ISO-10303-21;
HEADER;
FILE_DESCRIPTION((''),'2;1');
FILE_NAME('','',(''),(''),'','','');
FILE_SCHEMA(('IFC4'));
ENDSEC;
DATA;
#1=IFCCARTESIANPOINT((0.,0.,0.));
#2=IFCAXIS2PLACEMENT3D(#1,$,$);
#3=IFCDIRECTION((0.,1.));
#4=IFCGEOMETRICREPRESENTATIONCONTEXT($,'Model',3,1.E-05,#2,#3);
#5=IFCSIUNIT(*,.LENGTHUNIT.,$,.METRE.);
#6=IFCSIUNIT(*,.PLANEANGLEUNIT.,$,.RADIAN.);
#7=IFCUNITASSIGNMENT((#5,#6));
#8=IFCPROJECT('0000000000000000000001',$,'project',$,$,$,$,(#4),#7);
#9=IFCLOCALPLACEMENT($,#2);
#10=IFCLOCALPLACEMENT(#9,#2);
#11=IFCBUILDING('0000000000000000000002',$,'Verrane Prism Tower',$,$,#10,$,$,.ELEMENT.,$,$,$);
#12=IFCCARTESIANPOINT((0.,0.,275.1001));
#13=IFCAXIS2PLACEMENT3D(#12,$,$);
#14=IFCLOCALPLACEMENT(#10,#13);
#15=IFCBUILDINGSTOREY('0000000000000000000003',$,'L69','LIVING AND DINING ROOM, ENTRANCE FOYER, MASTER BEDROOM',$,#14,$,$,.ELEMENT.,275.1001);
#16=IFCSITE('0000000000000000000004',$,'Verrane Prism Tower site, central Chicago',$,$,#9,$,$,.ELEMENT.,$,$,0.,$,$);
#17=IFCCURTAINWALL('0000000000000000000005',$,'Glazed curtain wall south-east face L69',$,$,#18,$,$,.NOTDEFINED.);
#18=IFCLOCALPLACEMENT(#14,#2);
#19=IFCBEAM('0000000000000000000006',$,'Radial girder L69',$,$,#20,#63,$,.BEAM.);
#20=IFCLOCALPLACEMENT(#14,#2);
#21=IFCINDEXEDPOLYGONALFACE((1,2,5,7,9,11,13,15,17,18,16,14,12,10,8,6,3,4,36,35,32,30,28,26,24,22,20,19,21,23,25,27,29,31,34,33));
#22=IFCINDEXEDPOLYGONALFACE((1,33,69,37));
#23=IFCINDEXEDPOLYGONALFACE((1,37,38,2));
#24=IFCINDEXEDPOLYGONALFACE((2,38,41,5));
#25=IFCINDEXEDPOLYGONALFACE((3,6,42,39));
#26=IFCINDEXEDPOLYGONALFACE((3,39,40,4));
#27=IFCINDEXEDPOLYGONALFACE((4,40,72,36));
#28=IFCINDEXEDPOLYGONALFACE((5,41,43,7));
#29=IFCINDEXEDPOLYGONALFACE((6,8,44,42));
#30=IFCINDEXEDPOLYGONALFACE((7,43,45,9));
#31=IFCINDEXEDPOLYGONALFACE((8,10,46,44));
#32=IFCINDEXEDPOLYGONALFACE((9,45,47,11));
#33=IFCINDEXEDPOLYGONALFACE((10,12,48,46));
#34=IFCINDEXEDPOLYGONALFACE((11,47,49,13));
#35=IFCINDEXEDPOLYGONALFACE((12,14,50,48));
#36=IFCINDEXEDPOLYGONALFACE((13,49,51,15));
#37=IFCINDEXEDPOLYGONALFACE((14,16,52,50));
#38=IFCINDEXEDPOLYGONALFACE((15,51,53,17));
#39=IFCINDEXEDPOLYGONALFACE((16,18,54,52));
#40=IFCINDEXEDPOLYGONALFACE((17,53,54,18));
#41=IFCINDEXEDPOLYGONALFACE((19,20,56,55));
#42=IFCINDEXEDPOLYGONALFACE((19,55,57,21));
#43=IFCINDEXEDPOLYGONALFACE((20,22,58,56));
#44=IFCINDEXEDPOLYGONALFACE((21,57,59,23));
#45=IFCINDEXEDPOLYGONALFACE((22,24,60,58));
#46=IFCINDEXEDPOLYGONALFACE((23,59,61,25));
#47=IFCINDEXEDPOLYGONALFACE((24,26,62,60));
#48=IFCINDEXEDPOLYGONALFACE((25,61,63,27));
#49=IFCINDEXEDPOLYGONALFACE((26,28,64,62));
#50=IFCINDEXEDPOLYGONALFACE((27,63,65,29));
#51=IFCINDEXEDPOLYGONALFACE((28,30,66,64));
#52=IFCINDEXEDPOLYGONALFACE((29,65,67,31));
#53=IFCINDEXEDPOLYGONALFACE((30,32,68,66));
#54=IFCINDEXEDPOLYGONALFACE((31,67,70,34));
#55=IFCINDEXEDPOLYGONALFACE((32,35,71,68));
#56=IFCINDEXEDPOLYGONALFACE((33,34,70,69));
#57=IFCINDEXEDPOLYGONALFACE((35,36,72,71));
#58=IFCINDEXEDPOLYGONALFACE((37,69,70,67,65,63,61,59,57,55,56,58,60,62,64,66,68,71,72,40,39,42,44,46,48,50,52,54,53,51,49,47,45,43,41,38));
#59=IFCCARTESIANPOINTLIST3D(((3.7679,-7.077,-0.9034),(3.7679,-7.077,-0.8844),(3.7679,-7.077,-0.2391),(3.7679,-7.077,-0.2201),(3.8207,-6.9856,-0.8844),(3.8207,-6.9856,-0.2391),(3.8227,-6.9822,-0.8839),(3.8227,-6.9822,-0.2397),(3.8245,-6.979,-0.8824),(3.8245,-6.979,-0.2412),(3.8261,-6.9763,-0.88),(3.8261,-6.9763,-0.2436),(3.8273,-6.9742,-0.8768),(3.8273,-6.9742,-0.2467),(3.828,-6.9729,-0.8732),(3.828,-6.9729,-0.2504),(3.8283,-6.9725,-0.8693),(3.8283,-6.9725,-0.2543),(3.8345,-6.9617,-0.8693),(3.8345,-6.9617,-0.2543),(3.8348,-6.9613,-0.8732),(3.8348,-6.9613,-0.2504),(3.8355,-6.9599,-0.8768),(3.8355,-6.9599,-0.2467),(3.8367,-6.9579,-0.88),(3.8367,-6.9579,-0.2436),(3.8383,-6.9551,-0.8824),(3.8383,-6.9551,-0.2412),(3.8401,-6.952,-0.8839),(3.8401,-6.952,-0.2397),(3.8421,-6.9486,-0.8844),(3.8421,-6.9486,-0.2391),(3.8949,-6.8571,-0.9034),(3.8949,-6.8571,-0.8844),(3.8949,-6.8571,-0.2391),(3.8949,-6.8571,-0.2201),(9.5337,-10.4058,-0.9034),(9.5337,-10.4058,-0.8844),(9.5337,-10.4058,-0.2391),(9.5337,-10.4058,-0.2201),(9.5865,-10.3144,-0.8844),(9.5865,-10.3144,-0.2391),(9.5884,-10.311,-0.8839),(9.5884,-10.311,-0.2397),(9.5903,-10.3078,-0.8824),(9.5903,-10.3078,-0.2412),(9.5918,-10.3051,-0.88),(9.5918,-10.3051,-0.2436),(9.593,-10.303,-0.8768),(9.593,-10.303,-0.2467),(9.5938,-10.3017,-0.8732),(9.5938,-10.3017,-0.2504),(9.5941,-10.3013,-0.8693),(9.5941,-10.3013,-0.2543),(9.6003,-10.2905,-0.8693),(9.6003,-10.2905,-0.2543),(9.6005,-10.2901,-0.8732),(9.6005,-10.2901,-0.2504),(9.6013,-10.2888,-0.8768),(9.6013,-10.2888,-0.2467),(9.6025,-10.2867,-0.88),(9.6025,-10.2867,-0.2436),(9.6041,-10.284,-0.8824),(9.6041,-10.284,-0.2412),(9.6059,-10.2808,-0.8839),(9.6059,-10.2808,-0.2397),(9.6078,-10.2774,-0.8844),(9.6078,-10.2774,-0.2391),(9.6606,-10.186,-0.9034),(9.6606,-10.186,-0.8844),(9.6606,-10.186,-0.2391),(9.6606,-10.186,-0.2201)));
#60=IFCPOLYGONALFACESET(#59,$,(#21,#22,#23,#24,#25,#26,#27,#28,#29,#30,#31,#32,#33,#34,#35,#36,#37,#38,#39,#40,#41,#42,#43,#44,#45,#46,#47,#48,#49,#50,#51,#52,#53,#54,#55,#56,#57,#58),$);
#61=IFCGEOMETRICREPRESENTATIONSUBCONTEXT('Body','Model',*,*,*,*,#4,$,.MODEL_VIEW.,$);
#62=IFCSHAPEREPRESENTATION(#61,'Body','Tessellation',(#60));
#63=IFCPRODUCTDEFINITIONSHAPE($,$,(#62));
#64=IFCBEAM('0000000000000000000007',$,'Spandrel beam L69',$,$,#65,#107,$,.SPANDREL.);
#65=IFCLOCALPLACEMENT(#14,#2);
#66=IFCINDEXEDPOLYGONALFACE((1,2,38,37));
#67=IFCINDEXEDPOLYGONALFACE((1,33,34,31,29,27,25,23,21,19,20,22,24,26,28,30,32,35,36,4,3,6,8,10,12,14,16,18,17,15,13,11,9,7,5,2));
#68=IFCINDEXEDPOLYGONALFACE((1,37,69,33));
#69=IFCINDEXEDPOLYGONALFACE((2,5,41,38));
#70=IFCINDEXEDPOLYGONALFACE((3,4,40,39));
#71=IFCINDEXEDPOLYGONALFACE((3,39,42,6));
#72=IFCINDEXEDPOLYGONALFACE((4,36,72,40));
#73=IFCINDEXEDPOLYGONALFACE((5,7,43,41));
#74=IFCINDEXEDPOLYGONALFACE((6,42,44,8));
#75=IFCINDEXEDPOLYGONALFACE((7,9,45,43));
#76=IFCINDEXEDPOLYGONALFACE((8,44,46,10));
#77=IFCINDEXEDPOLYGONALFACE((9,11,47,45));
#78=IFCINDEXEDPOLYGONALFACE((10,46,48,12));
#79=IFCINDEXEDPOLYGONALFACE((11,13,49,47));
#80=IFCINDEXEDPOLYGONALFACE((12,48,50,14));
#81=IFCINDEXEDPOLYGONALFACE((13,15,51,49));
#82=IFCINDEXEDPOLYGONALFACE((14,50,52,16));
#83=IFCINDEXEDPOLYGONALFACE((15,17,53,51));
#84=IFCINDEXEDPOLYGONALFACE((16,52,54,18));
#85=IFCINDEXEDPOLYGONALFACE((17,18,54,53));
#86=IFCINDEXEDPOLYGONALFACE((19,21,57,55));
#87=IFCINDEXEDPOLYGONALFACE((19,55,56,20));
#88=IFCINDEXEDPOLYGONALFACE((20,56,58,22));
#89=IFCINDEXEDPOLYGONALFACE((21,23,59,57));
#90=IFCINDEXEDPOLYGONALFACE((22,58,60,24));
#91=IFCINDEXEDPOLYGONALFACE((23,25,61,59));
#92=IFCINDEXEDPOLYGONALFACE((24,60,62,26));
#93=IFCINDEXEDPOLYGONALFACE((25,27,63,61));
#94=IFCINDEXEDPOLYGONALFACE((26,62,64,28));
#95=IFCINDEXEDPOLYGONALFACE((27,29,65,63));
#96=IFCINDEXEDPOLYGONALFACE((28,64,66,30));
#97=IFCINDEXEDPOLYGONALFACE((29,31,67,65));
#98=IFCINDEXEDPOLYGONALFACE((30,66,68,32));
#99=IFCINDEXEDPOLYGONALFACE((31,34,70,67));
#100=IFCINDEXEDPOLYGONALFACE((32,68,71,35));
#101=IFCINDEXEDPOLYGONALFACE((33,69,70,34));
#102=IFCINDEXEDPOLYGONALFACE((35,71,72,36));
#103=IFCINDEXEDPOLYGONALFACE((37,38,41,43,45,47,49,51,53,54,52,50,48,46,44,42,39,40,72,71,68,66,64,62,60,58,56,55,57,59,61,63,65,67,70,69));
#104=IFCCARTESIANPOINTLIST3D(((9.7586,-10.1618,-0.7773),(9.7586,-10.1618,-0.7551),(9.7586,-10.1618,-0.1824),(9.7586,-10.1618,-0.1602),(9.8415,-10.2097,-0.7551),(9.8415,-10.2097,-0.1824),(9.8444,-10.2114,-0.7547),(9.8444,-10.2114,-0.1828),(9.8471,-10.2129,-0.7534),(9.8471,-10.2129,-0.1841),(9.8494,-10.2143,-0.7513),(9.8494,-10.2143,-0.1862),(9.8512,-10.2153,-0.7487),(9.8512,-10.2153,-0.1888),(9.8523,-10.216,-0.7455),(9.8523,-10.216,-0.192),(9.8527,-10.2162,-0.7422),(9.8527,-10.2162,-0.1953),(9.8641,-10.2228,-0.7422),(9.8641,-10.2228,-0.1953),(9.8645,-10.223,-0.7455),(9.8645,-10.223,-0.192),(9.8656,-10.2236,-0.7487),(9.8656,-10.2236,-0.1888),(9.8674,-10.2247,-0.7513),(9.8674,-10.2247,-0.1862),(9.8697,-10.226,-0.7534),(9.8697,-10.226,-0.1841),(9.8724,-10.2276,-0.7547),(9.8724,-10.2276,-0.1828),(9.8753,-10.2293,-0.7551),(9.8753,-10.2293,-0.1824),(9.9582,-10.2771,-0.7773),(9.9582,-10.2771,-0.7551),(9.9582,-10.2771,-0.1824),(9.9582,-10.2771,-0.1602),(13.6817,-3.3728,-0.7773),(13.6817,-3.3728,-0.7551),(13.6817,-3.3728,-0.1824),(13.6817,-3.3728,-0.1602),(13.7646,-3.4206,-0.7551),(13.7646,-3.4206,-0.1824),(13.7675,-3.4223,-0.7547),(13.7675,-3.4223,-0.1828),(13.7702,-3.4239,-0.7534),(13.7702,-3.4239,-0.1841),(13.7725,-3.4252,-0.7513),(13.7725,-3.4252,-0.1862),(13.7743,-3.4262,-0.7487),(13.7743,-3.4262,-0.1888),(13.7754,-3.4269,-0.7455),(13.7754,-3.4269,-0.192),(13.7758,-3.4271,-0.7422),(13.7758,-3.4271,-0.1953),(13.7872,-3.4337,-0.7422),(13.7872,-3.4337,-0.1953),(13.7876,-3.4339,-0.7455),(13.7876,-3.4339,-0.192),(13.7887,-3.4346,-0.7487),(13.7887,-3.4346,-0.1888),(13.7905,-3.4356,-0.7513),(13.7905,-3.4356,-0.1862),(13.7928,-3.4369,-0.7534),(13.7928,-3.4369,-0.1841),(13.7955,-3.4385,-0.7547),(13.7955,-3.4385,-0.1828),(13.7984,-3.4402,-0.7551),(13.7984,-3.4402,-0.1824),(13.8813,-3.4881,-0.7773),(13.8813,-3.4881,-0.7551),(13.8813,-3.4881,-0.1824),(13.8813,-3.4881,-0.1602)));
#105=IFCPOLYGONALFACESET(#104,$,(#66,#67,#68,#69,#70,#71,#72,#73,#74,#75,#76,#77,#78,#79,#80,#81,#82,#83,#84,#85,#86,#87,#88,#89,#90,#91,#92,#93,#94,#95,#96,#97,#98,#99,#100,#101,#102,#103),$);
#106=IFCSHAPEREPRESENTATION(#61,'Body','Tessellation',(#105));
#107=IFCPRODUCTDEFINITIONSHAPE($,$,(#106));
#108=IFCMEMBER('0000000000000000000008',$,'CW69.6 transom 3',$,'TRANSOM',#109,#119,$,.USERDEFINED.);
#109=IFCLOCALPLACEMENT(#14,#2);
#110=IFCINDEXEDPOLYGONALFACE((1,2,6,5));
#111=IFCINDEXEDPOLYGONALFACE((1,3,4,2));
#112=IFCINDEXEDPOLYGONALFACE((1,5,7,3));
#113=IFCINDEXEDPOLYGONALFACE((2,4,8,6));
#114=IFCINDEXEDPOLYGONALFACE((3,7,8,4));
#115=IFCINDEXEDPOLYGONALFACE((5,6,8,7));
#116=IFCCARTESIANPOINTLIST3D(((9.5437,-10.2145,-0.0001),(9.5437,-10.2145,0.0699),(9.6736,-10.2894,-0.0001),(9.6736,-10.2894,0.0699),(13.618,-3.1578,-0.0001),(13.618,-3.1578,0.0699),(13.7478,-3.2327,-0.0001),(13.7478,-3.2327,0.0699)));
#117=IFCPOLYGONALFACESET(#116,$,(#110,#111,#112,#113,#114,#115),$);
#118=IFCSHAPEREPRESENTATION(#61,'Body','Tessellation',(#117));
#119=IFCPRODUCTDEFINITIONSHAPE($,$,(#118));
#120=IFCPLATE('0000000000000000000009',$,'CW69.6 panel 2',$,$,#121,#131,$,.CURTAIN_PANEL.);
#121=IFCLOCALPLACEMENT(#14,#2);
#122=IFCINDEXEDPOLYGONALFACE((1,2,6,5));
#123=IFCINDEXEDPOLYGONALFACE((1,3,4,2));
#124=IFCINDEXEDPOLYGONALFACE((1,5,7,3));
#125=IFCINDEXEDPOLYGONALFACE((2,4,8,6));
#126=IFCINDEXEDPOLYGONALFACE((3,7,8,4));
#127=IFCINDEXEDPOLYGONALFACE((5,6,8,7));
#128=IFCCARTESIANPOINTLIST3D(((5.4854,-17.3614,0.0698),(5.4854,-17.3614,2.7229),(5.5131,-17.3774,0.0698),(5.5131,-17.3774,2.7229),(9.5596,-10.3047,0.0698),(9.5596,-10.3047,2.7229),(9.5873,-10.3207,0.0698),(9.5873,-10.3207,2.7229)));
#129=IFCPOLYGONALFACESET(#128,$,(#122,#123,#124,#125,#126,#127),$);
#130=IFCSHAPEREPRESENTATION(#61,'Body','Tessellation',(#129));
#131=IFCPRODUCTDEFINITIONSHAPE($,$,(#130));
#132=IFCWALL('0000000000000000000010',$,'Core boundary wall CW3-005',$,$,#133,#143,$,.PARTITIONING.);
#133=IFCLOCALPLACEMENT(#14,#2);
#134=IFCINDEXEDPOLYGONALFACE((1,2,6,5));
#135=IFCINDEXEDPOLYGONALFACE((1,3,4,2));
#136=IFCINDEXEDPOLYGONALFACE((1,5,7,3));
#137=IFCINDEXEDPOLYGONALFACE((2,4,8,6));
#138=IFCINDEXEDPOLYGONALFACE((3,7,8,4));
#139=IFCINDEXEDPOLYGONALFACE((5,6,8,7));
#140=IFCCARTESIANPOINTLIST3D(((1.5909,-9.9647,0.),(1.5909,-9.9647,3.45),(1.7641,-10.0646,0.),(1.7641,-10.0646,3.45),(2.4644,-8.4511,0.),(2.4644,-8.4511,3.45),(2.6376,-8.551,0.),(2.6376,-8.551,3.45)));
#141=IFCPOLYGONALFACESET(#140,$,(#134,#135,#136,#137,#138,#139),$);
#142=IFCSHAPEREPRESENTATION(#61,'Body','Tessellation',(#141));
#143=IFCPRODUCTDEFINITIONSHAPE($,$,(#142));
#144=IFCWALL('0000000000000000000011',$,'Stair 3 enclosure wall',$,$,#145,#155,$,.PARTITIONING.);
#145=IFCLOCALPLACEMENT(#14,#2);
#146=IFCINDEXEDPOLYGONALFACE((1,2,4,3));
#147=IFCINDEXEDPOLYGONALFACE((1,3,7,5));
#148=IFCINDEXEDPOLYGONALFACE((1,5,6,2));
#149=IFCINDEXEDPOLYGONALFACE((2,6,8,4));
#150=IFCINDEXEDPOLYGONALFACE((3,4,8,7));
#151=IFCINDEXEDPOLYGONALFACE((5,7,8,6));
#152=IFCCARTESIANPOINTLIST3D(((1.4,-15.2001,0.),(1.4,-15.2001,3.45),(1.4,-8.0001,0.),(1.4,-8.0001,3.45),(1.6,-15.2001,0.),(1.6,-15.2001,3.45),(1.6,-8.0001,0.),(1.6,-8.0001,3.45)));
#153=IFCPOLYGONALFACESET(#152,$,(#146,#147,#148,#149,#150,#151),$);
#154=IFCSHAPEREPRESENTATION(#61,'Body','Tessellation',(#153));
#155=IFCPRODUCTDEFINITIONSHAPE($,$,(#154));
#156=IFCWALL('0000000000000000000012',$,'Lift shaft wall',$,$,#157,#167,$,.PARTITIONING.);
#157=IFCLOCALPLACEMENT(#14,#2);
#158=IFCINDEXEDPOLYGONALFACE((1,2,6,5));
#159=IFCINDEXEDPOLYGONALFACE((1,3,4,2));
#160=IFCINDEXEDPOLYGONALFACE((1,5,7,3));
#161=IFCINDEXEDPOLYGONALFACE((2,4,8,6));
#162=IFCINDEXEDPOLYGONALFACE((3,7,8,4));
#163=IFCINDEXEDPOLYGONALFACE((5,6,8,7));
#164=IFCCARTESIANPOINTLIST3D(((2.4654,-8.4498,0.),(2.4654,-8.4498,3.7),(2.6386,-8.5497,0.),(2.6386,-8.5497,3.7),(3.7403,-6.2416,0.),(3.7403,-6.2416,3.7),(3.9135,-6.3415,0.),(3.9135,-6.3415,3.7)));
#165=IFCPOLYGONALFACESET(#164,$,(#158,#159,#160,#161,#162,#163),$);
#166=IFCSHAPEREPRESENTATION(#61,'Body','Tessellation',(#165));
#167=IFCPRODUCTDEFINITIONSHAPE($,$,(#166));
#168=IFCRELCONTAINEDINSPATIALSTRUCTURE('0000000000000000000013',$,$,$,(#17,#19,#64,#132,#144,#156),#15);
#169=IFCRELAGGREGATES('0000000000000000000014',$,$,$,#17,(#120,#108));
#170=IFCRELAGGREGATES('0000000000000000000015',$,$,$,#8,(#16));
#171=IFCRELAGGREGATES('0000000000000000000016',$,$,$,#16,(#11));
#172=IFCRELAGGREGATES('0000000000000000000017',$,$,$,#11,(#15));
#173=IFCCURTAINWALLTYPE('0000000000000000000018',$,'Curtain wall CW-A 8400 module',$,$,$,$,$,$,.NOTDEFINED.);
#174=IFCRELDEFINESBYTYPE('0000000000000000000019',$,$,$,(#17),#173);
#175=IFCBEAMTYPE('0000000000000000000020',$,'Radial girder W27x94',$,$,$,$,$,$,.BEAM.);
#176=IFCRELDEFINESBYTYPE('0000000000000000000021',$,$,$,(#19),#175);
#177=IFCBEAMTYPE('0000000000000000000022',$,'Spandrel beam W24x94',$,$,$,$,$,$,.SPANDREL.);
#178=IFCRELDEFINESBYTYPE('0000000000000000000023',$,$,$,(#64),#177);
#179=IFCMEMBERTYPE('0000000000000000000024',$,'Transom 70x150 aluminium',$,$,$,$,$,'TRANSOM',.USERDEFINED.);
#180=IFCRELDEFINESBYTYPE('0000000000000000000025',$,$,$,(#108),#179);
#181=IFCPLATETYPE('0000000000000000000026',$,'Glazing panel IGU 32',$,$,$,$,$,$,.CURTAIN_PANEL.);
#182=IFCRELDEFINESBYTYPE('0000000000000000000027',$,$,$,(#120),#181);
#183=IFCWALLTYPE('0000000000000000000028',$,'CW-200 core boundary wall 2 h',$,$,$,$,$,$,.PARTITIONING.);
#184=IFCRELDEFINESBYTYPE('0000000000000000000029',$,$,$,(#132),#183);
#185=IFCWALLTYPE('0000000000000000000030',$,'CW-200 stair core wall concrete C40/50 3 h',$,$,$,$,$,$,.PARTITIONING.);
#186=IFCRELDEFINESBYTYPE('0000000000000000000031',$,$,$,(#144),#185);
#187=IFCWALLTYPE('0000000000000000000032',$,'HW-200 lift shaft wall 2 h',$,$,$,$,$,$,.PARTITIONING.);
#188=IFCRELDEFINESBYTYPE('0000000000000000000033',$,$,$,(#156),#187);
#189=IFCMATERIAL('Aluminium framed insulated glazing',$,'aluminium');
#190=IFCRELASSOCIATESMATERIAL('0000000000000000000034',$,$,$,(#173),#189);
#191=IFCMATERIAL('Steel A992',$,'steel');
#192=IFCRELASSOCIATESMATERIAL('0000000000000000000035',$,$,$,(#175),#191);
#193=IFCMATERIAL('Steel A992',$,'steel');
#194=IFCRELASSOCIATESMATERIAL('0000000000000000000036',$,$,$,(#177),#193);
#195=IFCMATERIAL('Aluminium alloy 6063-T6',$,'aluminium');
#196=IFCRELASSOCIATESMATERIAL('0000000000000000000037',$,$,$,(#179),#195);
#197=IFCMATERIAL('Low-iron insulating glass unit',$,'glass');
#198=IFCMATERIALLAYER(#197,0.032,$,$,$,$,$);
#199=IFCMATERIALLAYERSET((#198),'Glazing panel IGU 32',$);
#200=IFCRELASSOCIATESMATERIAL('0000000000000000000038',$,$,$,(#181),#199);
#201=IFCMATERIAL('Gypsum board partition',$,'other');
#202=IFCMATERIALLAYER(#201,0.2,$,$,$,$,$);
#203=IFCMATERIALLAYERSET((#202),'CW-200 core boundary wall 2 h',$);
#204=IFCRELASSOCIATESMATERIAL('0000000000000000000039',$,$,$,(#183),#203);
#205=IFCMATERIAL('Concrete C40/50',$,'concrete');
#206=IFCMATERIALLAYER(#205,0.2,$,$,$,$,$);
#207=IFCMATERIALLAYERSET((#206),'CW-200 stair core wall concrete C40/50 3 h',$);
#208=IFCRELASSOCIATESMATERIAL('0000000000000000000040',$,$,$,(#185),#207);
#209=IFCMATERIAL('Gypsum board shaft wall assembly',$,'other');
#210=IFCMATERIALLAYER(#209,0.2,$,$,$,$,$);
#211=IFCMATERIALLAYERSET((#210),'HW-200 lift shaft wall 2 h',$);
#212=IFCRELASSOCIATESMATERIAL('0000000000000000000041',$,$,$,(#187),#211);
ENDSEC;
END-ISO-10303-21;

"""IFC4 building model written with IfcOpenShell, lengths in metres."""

from ifc_helpers import new_model, si_unit, direction, frame, frame_2d, origin, origin_2d, place, context, subcontext, project, spatial, rectangle, i_section, extrude, material, layer, layer_set, material_profile, profile_set, type_object, element, aggregate, save


model = new_model("IFC4")

# Units and contexts
model_context = context("Model", 3, precision=1e-05, world=origin(), true_north=direction((0.0, 1.0)))
body_context = subcontext(model_context, "Body", "Model", "MODEL_VIEW")
ifc_project = project(units=[si_unit("LENGTHUNIT", "METRE"), si_unit("PLANEANGLEUNIT", "RADIAN")], contexts=[model_context])

# Site, building, storey
site_placement = place(None, origin())
site = spatial("IfcSite", under=ifc_project, at=site_placement, Name="Verrane Prism Tower site, central Chicago", CompositionType="ELEMENT", RefElevation=0.0)
building_placement = place(site_placement, origin())
building = spatial("IfcBuilding", under=site, at=building_placement, Name="Verrane Prism Tower", CompositionType="ELEMENT")
storey_placement = place(building_placement, frame((0.0, 0.0, 275.1001)))
storey = spatial("IfcBuildingStorey", under=building, at=storey_placement, Name="L69", Description="LIVING AND DINING ROOM, ENTRANCE FOYER, MASTER BEDROOM", CompositionType="ELEMENT", Elevation=275.1001)

# Curtain wall
ifc_material_1 = material(Name="Aluminium framed insulated glazing", Category="aluminium")
curtain_wall_type = type_object("IfcCurtainWallType", Name="Curtain wall CW-A 8400 module", PredefinedType="NOTDEFINED", material=ifc_material_1)
curtain_wall_placement = place(storey_placement, origin())
curtain_wall = element("IfcCurtainWall", 1, at=curtain_wall_placement, inside=storey, type_object=curtain_wall_type, Name="Glazed curtain wall south-east face L69", PredefinedType="NOTDEFINED")

# Beams
ifc_material_2 = material(Name="Steel A992", Category="steel")
ifc_material_profile_1 = material_profile(ifc_material_2, i_section(OverallWidth=0.2539, OverallDepth=0.6833, WebThickness=0.0125, FlangeThickness=0.019, FilletRadius=0.0151, at=origin_2d()), Name="W27x94")
ifc_profile_set_1 = profile_set([ifc_material_profile_1], Name="Steel A992")
beam_type_1 = type_object("IfcBeamType", Name="Radial girder W27x94", PredefinedType="BEAM", material=ifc_profile_set_1)
beam_1_placement = place(storey_placement, frame((9.5972, -10.2959, -0.5618), z_axis=(-0.86603, 0.499992, 0.0), x_axis=(-0.499992, -0.86603, 0.0)))
element("IfcBeam", 2, at=beam_1_placement, inside=storey, type_object=beam_type_1, Name="Radial girder L69", PredefinedType="BEAM", context=body_context, shape_type="SweptSolid", body=[
    extrude(i_section(OverallWidth=0.2539, OverallDepth=0.6833, WebThickness=0.0125, FlangeThickness=0.019, FilletRadius=0.0151, at=origin_2d()), origin(), (0.0, 0.0, 1.0), 6.6577),
])
ifc_material_3 = material(Name="Steel A992", Category="steel")
ifc_material_profile_2 = material_profile(ifc_material_3, i_section(OverallWidth=0.2305, OverallDepth=0.6172, WebThickness=0.0132, FlangeThickness=0.0222, FilletRadius=0.0129, at=origin_2d()), Name="W24x94")
ifc_profile_set_2 = profile_set([ifc_material_profile_2], Name="Steel A992")
beam_type_2 = type_object("IfcBeamType", Name="Spandrel beam W24x94", PredefinedType="SPANDREL", material=ifc_profile_set_2)
beam_2_placement = place(storey_placement, frame((9.8584, -10.2195, -0.4688), z_axis=(0.500328, 0.865836, 0.0), x_axis=(-0.865836, 0.500328, 0.0)))
element("IfcBeam", 3, at=beam_2_placement, inside=storey, type_object=beam_type_2, Name="Spandrel beam L69", PredefinedType="SPANDREL", context=body_context, shape_type="SweptSolid", body=[
    extrude(i_section(OverallWidth=0.2305, OverallDepth=0.6172, WebThickness=0.0132, FlangeThickness=0.0222, FilletRadius=0.0129, at=origin_2d()), origin(), (0.0, 0.0, 1.0), 7.8411),
])

# Member
ifc_material_4 = material(Name="Aluminium alloy 6063-T6", Category="aluminium")
ifc_material_profile_3 = material_profile(ifc_material_4, rectangle(XDim=0.1499, YDim=0.0701, at=origin_2d()), Name="Transom 70x150 aluminium")
ifc_profile_set_3 = profile_set([ifc_material_profile_3], Name="Aluminium alloy 6063-T6")
member_type_1 = type_object("IfcMemberType", Name="Transom 70x150 aluminium", ElementType="TRANSOM", PredefinedType="USERDEFINED", material=ifc_profile_set_3)
member_1_placement = place(storey_placement, frame((9.6086, -10.252, 0.0349), z_axis=(0.500006, 0.866022, 0.0), x_axis=(-0.866022, 0.500006, 0.0)))
member_1 = element("IfcMember", 4, at=member_1_placement, type_object=member_type_1, Name="CW69.6 transom 3", ObjectType="TRANSOM", PredefinedType="USERDEFINED", context=body_context, shape_type="SweptSolid", body=[
    extrude(rectangle(XDim=0.1499, YDim=0.0701, at=origin_2d()), origin(), (0.0, 0.0, 1.0), 8.1484),
])

# Plate
ifc_material_5 = material(Name="Low-iron insulating glass unit", Category="glass")
ifc_layer_1 = layer(ifc_material_5, 0.032)
ifc_layer_set_1 = layer_set([ifc_layer_1], Name="Glazing panel IGU 32")
plate_type = type_object("IfcPlateType", Name="Glazing panel IGU 32", PredefinedType="CURTAIN_PANEL", material=ifc_layer_set_1)
plate_placement = place(storey_placement, frame((7.5364, -13.8411, 0.0698), z_axis=(0.0, 0.0, 1.0), x_axis=(0.500001, 0.866025, 0.0)))
plate = element("IfcPlate", 5, at=plate_placement, type_object=plate_type, Name="CW69.6 panel 2", PredefinedType="CURTAIN_PANEL", context=body_context, shape_type="SweptSolid", body=[
    extrude(rectangle(XDim=8.1484, YDim=0.032, at=origin_2d()), origin(), (0.0, 0.0, 1.0), 2.6531),
])
aggregate(curtain_wall, [plate, member_1])

# Walls
ifc_material_6 = material(Name="Gypsum board partition", Category="other")
ifc_layer_2 = layer(ifc_material_6, 0.2)
ifc_layer_set_2 = layer_set([ifc_layer_2], Name="CW-200 core boundary wall 2 h")
wall_type_1 = type_object("IfcWallType", Name="CW-200 core boundary wall 2 h", PredefinedType="PARTITIONING", material=ifc_layer_set_2)
wall_1_placement = place(storey_placement, frame((1.6775, -10.0146, 0.0), z_axis=(0.0, 0.0, 1.0), x_axis=(0.499835, 0.86612, 0.0)))
element("IfcWall", 6, at=wall_1_placement, inside=storey, type_object=wall_type_1, Name="Core boundary wall CW3-005", PredefinedType="PARTITIONING", context=body_context, shape_type="SweptSolid", body=[
    extrude(rectangle(XDim=1.7476, YDim=0.2, at=frame_2d((0.8738, 0.0))), origin(), (0.0, 0.0, 1.0), 3.45),
])
ifc_material_7 = material(Name="Concrete C40/50", Category="concrete")
ifc_layer_3 = layer(ifc_material_7, 0.2)
ifc_layer_set_3 = layer_set([ifc_layer_3], Name="CW-200 stair core wall concrete C40/50 3 h")
wall_type_2 = type_object("IfcWallType", Name="CW-200 stair core wall concrete C40/50 3 h", PredefinedType="PARTITIONING", material=ifc_layer_set_3)
wall_2_placement = place(storey_placement, frame((1.5, -8.0, 0.0), z_axis=(0.0, 0.0, 1.0), x_axis=(0.0, -1.0, 0.0)))
element("IfcWall", 7, at=wall_2_placement, inside=storey, type_object=wall_type_2, Name="Stair 3 enclosure wall", PredefinedType="PARTITIONING", context=body_context, shape_type="SweptSolid", body=[
    extrude(rectangle(XDim=7.2, YDim=0.2, at=frame_2d((3.6001, 0.0))), origin(), (0.0, 0.0, 1.0), 3.45),
])
ifc_material_8 = material(Name="Gypsum board shaft wall assembly", Category="other")
ifc_layer_4 = layer(ifc_material_8, 0.2)
ifc_layer_set_4 = layer_set([ifc_layer_4], Name="HW-200 lift shaft wall 2 h")
wall_type_3 = type_object("IfcWallType", Name="HW-200 lift shaft wall 2 h", PredefinedType="PARTITIONING", material=ifc_layer_set_4)
wall_3_placement = place(storey_placement, frame((2.552, -8.4998, 0.0), z_axis=(0.0, 0.0, 1.0), x_axis=(0.49999, 0.866031, 0.0)))
element("IfcWall", 8, at=wall_3_placement, inside=storey, type_object=wall_type_3, Name="Lift shaft wall", PredefinedType="PARTITIONING", context=body_context, shape_type="SweptSolid", body=[
    extrude(rectangle(XDim=2.5498, YDim=0.2, at=frame_2d((1.2749, 0.0))), origin(), (0.0, 0.0, 1.0), 3.7),
])

save(model, "model.ifc")
